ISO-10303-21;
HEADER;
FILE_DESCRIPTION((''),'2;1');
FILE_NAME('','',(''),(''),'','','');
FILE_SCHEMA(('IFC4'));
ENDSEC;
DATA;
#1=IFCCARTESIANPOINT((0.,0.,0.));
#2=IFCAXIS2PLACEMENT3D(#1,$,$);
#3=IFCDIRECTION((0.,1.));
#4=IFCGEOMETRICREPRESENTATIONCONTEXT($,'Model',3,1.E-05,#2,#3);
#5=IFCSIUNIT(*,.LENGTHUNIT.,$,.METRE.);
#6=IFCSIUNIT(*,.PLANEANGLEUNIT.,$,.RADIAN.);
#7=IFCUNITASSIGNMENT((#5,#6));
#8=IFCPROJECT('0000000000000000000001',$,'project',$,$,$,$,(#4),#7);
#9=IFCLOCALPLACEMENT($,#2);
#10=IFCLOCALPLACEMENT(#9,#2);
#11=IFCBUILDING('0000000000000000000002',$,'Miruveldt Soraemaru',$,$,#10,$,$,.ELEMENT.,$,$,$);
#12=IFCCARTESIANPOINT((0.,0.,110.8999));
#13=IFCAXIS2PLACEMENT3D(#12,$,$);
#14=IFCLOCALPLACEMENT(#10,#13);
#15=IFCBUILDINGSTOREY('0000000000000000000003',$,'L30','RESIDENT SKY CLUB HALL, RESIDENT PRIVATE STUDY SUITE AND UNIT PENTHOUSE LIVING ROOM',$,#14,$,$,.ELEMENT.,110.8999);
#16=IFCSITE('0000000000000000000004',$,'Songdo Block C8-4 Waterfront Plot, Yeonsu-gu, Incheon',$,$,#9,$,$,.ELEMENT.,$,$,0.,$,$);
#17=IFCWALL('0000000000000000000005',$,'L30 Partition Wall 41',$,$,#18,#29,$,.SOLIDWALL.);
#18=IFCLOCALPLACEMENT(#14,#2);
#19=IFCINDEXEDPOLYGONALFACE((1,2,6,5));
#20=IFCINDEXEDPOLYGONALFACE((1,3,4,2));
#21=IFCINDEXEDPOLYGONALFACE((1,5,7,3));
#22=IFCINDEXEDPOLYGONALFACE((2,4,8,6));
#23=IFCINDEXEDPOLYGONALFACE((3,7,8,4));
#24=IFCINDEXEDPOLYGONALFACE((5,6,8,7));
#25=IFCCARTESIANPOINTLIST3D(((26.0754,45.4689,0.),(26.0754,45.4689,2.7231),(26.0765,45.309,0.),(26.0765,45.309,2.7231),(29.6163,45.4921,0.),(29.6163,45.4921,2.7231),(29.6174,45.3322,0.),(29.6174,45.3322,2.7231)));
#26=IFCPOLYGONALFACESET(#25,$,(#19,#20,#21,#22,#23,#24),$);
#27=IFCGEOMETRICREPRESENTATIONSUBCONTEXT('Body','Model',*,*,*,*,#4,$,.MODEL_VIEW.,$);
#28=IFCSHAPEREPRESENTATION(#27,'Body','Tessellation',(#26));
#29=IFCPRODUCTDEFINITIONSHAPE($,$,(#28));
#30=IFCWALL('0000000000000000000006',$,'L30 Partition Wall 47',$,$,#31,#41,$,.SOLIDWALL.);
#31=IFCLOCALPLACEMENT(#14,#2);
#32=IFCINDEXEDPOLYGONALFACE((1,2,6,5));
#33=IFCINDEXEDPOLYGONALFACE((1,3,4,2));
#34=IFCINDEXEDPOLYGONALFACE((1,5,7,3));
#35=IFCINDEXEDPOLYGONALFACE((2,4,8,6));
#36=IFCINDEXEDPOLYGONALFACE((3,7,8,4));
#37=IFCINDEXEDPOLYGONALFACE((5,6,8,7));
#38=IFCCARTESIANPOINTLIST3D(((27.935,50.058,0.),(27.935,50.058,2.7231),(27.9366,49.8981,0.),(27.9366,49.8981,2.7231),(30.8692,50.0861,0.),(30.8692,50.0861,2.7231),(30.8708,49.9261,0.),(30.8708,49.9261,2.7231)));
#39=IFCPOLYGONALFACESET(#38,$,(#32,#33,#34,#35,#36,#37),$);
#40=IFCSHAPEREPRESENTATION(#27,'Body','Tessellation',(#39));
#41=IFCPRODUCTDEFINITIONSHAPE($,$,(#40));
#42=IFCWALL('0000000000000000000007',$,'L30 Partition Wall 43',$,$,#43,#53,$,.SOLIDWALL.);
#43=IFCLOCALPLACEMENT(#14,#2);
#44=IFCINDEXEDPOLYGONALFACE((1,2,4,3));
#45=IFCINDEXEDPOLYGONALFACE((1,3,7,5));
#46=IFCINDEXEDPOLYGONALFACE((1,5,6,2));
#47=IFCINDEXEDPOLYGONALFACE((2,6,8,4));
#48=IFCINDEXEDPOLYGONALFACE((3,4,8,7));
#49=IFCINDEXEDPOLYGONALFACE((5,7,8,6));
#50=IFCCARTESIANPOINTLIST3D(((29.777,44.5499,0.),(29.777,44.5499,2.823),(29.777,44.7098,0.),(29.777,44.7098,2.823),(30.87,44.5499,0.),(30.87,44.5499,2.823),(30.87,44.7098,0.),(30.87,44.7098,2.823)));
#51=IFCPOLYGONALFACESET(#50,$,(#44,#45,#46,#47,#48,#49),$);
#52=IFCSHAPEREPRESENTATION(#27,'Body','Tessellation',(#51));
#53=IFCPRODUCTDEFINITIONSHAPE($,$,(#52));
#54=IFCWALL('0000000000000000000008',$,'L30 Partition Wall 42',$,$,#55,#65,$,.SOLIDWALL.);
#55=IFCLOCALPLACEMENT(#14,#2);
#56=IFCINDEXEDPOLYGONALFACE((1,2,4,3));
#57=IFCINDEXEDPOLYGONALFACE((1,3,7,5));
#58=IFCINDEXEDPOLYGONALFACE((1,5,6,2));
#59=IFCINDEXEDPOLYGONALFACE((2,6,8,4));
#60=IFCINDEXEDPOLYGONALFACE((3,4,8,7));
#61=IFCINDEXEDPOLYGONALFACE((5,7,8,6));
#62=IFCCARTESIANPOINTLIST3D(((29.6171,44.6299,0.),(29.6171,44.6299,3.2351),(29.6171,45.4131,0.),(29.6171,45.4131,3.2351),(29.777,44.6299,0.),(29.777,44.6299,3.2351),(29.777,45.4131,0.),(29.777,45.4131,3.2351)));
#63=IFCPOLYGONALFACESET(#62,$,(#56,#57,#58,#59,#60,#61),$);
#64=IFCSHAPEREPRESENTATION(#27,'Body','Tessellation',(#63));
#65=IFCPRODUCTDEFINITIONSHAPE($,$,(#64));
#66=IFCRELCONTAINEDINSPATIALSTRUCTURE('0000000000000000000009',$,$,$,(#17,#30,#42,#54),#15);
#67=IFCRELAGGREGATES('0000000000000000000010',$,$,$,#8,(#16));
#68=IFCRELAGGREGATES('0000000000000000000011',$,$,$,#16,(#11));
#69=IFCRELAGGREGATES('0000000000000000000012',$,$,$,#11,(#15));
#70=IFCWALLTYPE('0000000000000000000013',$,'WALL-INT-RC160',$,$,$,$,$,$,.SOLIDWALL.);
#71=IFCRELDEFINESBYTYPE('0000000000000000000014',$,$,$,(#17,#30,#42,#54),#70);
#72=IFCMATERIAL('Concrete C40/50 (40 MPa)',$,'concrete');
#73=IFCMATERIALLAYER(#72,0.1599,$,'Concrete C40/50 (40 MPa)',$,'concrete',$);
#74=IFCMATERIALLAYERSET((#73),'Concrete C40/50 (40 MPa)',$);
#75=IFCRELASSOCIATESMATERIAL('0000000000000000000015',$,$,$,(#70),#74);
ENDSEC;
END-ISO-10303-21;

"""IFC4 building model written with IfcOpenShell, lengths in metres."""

from ifc_helpers import new_model, si_unit, direction, frame, frame_2d, origin, place, context, subcontext, project, spatial, rectangle, extrude, material, layer, layer_set, type_object, element, save


model = new_model("IFC4")

# Units and contexts
model_context = context("Model", 3, precision=1e-05, world=origin(), true_north=direction((0.0, 1.0)))
body_context = subcontext(model_context, "Body", "Model", "MODEL_VIEW")
ifc_project = project(units=[si_unit("LENGTHUNIT", "METRE"), si_unit("PLANEANGLEUNIT", "RADIAN")], contexts=[model_context])

# Site, building, storey
site_placement = place(None, origin())
site = spatial("IfcSite", under=ifc_project, at=site_placement, Name="Songdo Block C8-4 Waterfront Plot, Yeonsu-gu, Incheon", CompositionType="ELEMENT", RefElevation=0.0)
building_placement = place(site_placement, origin())
building = spatial("IfcBuilding", under=site, at=building_placement, Name="Miruveldt Soraemaru", CompositionType="ELEMENT")
storey_placement = place(building_placement, frame((0.0, 0.0, 110.8999)))
storey = spatial("IfcBuildingStorey", under=building, at=storey_placement, Name="L30", Description="RESIDENT SKY CLUB HALL, RESIDENT PRIVATE STUDY SUITE AND UNIT PENTHOUSE LIVING ROOM", CompositionType="ELEMENT", Elevation=110.8999)

# Walls
ifc_material_1 = material(Name="Concrete C40/50 (40 MPa)", Category="concrete")
ifc_layer_1 = layer(ifc_material_1, 0.1599, Name="Concrete C40/50 (40 MPa)", Category="concrete")
ifc_layer_set_1 = layer_set([ifc_layer_1], Name="Concrete C40/50 (40 MPa)")
wall_type_1 = type_object("IfcWallType", Name="WALL-INT-RC160", PredefinedType="SOLIDWALL", material=ifc_layer_set_1)
wall_1_placement = place(storey_placement, frame((26.0759, 45.3889, 0.0), z_axis=(0.0, 0.0, 1.0), x_axis=(0.999979, 0.00655, 0.0)))
element("IfcWall", 1, at=wall_1_placement, inside=storey, type_object=wall_type_1, Name="L30 Partition Wall 41", PredefinedType="SOLIDWALL", context=body_context, shape_type="SweptSolid", body=[
    extrude(rectangle(XDim=3.541, YDim=0.1599, at=frame_2d((1.7705, 0.0))), origin(), (0.0, 0.0, 1.0), 2.7231),
])
wall_2_placement = place(storey_placement, frame((30.8701, 50.0061, 0.0), z_axis=(0.0, 0.0, 1.0), x_axis=(-0.999954, -0.009569, 0.0)))
element("IfcWall", 2, at=wall_2_placement, inside=storey, type_object=wall_type_1, Name="L30 Partition Wall 47", PredefinedType="SOLIDWALL", context=body_context, shape_type="SweptSolid", body=[
    extrude(rectangle(XDim=2.9343, YDim=0.1599, at=frame_2d((1.4673, 0.0))), origin(), (0.0, 0.0, 1.0), 2.7231),
])
wall_3_placement = place(storey_placement, frame((29.7771, 44.6299, 0.0), z_axis=(0.0, 0.0, 1.0), x_axis=(1.0, 0.0, 0.0)))
element("IfcWall", 3, at=wall_3_placement, inside=storey, type_object=wall_type_1, Name="L30 Partition Wall 43", PredefinedType="SOLIDWALL", context=body_context, shape_type="SweptSolid", body=[
    extrude(rectangle(XDim=1.093, YDim=0.1599, at=frame_2d((0.5464, 0.0))), origin(), (0.0, 0.0, 1.0), 2.823),
])
wall_4_placement = place(storey_placement, frame((29.697, 45.4131, 0.0), z_axis=(0.0, 0.0, 1.0), x_axis=(0.0, -1.0, 0.0)))
element("IfcWall", 4, at=wall_4_placement, inside=storey, type_object=wall_type_1, Name="L30 Partition Wall 42", PredefinedType="SOLIDWALL", context=body_context, shape_type="SweptSolid", body=[
    extrude(rectangle(XDim=0.7832, YDim=0.1599, at=frame_2d((0.3916, 0.0))), origin(), (0.0, 0.0, 1.0), 3.2351),
])

save(model, "model.ifc")
